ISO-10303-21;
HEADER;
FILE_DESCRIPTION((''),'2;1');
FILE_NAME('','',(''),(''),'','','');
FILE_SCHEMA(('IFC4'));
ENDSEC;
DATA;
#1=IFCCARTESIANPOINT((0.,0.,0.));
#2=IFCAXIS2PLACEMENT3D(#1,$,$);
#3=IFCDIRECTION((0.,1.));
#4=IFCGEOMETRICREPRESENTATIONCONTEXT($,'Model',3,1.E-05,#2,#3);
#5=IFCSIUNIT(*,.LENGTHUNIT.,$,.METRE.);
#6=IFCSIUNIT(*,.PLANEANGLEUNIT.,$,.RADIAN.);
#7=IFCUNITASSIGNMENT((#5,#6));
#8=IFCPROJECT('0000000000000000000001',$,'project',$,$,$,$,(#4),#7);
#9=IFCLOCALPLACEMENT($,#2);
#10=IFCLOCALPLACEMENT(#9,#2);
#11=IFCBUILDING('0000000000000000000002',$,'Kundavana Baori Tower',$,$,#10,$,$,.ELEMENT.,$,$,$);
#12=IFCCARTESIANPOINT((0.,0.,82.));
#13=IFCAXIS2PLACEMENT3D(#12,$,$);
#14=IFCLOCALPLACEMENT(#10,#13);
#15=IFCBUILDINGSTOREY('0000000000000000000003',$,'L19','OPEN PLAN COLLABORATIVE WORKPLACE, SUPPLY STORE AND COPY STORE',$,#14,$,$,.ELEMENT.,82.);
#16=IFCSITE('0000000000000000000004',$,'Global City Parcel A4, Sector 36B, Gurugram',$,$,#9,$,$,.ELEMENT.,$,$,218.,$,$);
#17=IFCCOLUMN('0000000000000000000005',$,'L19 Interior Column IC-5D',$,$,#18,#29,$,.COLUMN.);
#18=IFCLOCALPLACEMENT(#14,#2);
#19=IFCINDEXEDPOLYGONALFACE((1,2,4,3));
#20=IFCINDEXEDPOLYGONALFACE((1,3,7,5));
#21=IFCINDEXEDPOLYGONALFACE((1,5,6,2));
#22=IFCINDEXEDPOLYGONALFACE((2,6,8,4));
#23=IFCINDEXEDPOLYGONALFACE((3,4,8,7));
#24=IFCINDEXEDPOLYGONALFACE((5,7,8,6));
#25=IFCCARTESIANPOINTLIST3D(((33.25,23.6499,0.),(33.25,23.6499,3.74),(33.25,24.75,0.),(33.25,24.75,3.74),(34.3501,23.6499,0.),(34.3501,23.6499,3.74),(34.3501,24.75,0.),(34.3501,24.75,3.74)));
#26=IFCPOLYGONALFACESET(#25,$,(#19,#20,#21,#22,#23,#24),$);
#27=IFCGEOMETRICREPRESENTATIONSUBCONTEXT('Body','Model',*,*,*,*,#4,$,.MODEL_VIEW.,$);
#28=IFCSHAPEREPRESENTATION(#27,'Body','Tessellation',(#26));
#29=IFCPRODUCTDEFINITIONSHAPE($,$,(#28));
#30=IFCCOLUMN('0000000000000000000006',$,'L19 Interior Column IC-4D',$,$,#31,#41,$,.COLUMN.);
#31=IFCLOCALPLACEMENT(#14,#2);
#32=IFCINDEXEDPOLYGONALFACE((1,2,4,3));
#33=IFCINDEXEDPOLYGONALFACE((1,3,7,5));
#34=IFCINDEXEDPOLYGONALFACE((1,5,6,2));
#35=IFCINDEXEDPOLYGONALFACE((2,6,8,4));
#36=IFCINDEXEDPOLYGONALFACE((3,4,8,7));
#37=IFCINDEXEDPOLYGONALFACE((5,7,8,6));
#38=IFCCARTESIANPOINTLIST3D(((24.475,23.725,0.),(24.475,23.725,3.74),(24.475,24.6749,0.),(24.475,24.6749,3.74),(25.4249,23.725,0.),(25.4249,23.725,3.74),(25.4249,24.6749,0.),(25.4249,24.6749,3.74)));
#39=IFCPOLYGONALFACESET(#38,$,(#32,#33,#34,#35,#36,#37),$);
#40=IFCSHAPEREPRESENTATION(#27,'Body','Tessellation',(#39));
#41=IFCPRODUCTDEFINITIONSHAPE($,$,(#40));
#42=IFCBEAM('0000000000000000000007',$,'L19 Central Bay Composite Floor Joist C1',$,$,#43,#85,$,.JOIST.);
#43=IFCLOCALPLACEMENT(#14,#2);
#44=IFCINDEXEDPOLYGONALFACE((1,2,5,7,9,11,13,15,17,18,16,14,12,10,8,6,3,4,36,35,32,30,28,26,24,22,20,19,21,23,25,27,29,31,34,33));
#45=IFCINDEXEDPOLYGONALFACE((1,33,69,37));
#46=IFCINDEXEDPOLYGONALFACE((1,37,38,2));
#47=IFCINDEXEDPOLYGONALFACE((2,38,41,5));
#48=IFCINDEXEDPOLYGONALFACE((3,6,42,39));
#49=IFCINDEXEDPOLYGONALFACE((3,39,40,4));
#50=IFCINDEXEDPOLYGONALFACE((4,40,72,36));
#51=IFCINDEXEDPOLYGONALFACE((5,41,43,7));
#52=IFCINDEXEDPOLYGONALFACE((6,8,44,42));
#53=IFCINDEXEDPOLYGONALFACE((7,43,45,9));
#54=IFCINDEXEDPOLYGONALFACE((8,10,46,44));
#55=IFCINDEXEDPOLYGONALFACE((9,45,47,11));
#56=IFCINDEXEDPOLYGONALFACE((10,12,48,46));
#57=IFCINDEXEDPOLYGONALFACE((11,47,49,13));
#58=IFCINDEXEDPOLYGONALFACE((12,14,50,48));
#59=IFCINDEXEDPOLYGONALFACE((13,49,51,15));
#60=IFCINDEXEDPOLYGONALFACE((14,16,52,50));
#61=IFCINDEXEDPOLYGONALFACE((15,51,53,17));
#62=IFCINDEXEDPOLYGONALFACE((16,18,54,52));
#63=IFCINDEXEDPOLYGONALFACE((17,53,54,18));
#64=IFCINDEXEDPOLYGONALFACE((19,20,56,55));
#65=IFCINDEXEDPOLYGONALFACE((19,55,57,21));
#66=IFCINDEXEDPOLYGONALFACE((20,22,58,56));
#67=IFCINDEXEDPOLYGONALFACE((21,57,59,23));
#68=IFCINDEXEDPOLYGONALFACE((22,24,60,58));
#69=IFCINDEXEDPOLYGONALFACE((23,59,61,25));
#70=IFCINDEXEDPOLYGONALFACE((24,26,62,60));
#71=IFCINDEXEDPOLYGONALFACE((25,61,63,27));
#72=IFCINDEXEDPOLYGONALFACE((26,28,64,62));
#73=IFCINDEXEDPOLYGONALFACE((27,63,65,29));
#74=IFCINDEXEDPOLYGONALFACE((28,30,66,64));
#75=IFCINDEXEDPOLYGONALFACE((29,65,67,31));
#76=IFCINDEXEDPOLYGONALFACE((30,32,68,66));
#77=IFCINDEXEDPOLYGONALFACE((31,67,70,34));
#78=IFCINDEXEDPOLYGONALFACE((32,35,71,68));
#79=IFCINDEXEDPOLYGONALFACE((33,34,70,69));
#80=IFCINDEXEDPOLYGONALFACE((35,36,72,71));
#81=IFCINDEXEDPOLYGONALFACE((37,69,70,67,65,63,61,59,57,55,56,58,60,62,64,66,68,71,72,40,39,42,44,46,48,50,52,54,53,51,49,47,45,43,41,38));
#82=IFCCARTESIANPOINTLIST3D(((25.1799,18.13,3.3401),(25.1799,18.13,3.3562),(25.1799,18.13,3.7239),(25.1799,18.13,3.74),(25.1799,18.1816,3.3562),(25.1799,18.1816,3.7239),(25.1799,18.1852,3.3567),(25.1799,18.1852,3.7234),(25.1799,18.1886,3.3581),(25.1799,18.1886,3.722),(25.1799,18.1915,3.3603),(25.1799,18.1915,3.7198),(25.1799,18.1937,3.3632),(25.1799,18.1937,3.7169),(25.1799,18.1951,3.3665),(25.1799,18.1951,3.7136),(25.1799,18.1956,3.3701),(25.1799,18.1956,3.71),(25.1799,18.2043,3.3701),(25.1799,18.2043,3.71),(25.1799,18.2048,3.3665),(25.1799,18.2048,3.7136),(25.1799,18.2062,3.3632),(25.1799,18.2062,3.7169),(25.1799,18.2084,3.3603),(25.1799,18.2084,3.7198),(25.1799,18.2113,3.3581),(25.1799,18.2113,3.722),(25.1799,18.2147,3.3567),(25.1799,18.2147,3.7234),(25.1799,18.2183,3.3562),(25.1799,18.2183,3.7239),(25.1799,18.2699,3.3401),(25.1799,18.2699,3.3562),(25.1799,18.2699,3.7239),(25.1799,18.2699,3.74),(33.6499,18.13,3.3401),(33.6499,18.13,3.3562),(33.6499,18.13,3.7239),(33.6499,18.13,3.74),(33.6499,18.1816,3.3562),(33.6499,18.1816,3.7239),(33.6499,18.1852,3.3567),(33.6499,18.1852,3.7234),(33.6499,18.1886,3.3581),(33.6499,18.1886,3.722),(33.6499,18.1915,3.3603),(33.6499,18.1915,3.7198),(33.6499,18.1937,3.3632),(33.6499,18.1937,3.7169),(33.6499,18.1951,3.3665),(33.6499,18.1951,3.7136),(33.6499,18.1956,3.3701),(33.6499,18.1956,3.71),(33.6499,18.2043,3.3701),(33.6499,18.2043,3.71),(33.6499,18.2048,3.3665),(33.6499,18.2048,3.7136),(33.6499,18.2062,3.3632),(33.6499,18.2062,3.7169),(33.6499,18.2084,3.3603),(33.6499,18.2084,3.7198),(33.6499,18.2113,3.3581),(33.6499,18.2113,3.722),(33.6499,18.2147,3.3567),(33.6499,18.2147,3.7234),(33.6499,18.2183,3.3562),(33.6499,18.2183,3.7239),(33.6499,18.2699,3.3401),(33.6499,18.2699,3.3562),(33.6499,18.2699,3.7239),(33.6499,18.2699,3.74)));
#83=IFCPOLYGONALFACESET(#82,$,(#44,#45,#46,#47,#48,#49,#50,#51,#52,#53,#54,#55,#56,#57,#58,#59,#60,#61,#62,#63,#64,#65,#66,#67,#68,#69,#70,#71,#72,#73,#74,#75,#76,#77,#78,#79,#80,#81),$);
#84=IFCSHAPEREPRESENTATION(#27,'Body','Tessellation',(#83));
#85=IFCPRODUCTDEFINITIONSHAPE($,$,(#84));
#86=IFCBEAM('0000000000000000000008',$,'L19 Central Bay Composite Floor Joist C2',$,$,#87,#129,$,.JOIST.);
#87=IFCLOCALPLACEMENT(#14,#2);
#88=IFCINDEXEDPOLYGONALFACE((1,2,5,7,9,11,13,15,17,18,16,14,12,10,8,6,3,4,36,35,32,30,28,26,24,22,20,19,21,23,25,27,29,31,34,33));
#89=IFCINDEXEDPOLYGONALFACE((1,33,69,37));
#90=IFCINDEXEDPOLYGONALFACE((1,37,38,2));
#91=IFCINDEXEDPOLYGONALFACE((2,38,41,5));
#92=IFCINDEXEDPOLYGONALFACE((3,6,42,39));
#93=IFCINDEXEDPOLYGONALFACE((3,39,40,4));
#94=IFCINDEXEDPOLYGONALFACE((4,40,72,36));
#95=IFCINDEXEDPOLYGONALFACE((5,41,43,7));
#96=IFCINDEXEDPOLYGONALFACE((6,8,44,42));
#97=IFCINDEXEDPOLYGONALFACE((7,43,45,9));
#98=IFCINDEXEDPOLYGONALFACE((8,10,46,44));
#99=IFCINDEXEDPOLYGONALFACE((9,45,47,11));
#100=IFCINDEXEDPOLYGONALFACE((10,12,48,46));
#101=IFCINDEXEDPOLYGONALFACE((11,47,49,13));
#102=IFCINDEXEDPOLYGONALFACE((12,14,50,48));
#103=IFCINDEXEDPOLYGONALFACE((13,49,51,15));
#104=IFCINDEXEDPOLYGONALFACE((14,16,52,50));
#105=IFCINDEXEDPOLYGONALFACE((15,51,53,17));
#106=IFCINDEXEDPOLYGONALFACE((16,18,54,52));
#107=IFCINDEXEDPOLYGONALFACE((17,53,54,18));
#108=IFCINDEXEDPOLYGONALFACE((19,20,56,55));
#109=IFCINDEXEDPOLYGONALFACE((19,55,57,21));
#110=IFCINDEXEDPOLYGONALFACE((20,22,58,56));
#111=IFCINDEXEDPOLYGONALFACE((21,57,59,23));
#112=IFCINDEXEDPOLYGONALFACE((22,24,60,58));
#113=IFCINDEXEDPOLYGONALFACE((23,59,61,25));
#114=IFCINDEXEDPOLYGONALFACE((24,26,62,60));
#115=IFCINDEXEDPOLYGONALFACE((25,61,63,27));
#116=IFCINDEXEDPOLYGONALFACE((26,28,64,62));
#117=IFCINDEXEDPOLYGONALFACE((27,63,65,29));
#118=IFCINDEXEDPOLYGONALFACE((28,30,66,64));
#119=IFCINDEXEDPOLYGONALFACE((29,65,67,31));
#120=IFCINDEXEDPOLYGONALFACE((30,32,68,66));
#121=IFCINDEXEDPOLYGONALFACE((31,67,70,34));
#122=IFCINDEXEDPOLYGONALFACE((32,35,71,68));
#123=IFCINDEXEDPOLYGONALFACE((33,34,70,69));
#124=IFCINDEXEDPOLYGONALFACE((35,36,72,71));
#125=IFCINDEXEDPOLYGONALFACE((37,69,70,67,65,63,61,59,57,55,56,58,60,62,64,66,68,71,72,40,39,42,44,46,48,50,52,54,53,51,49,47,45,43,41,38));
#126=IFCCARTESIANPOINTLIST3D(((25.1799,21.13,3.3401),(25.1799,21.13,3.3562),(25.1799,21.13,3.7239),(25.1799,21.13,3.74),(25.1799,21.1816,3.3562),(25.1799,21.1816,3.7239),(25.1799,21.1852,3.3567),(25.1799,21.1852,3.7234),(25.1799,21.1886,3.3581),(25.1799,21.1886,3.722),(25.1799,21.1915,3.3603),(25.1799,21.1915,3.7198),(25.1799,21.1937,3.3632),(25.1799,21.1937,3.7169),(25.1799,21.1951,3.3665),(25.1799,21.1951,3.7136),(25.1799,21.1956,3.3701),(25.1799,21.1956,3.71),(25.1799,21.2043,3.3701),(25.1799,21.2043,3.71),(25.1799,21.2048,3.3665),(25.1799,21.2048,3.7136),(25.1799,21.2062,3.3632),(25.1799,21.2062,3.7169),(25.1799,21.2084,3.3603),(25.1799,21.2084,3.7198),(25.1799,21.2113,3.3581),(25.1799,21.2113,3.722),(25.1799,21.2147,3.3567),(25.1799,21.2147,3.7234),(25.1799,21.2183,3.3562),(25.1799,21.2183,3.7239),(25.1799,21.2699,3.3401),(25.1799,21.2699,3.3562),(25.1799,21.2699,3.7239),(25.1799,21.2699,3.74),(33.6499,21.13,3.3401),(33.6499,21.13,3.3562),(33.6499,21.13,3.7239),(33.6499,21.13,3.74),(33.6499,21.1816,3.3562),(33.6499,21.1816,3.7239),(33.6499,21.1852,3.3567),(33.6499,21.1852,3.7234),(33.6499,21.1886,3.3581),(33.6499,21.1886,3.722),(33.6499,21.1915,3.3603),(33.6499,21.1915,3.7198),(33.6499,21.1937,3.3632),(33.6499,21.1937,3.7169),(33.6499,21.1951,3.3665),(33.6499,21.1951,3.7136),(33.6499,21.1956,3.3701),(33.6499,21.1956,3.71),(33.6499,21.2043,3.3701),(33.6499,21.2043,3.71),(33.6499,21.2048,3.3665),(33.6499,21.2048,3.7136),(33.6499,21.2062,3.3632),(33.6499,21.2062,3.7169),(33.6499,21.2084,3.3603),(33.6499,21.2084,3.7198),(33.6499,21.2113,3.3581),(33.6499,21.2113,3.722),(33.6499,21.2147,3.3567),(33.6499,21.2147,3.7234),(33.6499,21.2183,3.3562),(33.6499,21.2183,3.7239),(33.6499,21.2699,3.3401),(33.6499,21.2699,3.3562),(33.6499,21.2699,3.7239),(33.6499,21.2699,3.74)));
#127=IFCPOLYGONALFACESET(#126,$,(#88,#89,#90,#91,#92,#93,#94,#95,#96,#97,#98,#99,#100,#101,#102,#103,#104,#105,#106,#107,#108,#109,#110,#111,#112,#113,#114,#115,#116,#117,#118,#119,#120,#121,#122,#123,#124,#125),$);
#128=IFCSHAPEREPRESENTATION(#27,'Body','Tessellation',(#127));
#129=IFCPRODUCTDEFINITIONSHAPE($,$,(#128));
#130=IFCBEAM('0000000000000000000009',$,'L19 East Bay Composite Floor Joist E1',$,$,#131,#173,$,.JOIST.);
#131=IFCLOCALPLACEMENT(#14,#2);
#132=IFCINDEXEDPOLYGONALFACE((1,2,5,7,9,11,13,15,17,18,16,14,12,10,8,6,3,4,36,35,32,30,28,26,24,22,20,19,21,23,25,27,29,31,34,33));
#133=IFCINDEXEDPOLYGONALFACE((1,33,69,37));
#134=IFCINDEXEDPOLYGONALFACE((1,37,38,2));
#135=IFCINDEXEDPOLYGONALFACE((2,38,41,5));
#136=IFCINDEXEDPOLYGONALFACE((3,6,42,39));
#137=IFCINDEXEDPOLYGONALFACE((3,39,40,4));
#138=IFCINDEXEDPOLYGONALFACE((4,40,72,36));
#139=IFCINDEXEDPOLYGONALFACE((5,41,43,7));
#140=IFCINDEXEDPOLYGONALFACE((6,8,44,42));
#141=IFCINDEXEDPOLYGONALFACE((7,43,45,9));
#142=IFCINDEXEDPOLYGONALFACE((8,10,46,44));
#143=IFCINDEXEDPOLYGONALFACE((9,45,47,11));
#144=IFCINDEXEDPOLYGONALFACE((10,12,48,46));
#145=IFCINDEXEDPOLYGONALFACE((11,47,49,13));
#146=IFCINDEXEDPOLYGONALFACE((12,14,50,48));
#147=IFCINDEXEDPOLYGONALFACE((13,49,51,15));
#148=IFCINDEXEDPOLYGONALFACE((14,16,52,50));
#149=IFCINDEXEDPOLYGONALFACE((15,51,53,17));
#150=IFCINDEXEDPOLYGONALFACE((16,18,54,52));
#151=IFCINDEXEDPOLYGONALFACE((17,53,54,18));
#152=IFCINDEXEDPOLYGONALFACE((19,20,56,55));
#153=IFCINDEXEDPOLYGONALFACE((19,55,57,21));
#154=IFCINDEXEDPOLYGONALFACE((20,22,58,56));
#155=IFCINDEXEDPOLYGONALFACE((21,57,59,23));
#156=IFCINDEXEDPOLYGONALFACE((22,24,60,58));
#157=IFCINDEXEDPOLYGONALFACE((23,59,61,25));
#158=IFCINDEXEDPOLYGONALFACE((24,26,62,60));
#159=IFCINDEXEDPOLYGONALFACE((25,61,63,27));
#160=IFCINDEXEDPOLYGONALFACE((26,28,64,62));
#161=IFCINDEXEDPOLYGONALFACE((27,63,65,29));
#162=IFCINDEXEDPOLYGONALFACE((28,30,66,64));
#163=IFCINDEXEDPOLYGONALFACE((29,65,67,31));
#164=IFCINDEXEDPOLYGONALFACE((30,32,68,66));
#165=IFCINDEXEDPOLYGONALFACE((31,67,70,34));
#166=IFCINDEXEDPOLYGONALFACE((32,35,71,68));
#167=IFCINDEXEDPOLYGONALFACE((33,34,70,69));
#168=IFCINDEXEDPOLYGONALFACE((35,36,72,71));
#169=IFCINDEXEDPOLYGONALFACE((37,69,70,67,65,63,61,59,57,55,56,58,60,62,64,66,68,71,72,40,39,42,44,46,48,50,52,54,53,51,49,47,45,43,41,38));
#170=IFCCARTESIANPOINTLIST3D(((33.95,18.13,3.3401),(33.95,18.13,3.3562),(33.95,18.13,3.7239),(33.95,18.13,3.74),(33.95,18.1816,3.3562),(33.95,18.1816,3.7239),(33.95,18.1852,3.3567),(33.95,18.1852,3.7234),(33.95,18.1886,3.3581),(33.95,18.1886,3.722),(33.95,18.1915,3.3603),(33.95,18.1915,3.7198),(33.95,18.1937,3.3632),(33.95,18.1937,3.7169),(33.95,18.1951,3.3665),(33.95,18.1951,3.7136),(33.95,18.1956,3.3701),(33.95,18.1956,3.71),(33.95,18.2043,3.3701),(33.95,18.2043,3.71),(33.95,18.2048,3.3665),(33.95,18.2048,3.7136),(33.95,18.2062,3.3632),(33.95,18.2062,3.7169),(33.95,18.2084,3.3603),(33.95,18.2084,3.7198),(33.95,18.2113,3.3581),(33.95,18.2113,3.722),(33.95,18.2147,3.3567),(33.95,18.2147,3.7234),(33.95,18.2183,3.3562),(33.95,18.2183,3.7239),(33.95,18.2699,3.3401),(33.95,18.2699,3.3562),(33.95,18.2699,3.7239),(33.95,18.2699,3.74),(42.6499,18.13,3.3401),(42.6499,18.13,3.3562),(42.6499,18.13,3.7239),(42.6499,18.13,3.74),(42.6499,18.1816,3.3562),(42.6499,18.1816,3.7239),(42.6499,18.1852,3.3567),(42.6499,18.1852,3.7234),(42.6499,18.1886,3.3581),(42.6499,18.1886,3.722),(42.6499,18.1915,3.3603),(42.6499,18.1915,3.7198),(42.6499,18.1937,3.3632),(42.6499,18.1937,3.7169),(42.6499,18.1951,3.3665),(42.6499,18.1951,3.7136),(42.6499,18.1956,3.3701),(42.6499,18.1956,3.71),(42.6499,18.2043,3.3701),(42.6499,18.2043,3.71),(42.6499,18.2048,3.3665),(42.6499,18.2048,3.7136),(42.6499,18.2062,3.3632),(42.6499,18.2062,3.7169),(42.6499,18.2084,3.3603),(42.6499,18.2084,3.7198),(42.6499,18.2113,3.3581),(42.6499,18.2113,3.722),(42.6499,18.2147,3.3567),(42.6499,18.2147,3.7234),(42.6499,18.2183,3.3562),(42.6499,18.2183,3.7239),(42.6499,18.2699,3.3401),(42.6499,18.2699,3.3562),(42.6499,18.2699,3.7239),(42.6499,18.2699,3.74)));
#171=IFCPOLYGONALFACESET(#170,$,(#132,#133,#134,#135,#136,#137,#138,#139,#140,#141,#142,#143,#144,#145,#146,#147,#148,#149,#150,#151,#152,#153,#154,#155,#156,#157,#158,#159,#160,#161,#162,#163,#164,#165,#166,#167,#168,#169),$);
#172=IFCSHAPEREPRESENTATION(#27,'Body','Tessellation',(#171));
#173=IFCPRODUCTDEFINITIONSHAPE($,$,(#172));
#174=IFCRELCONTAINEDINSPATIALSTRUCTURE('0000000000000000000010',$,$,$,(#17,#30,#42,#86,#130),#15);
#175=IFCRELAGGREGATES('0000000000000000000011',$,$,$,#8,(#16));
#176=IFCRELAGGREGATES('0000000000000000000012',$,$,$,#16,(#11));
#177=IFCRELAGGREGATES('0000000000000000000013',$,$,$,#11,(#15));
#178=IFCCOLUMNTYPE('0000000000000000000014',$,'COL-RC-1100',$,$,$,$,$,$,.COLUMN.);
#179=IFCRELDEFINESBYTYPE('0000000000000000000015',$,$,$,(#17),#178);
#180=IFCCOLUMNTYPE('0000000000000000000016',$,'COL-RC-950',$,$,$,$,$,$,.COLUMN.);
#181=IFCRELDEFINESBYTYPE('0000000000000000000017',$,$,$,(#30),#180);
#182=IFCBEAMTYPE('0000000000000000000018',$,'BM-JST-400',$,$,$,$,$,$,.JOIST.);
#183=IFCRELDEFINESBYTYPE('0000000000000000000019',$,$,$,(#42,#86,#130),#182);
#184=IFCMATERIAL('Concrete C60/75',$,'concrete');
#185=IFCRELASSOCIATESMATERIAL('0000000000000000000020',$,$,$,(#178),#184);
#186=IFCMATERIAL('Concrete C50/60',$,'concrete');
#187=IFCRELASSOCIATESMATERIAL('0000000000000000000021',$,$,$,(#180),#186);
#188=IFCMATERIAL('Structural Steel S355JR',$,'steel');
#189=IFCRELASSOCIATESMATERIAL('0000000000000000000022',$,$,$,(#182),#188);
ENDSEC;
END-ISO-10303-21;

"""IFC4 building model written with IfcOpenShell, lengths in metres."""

from ifc_helpers import new_model, si_unit, direction, frame, origin, origin_2d, place, context, subcontext, project, spatial, rectangle, i_section, extrude, material, material_profile, profile_set, type_object, element, save


model = new_model("IFC4")

# Units and contexts
model_context = context("Model", 3, precision=1e-05, world=origin(), true_north=direction((0.0, 1.0)))
body_context = subcontext(model_context, "Body", "Model", "MODEL_VIEW")
ifc_project = project(units=[si_unit("LENGTHUNIT", "METRE"), si_unit("PLANEANGLEUNIT", "RADIAN")], contexts=[model_context])

# Site, building, storey
site_placement = place(None, origin())
site = spatial("IfcSite", under=ifc_project, at=site_placement, Name="Global City Parcel A4, Sector 36B, Gurugram", CompositionType="ELEMENT", RefElevation=218.0)
building_placement = place(site_placement, origin())
building = spatial("IfcBuilding", under=site, at=building_placement, Name="Kundavana Baori Tower", CompositionType="ELEMENT")
storey_placement = place(building_placement, frame((0.0, 0.0, 82.0)))
storey = spatial("IfcBuildingStorey", under=building, at=storey_placement, Name="L19", Description="OPEN PLAN COLLABORATIVE WORKPLACE, SUPPLY STORE AND COPY STORE", CompositionType="ELEMENT", Elevation=82.0)

# Columns
ifc_material_1 = material(Name="Concrete C60/75", Category="concrete")
ifc_material_profile_1 = material_profile(ifc_material_1, rectangle(XDim=1.1001, YDim=1.1001, at=origin_2d()), Name="RC 1100x1100")
ifc_profile_set_1 = profile_set([ifc_material_profile_1], Name="Concrete C60/75")
column_type_1 = type_object("IfcColumnType", Name="COL-RC-1100", PredefinedType="COLUMN", material=ifc_profile_set_1)
column_1_placement = place(storey_placement, frame((33.8, 24.2, 0.0), z_axis=(0.0, 0.0, 1.0), x_axis=(1.0, 0.0, 0.0)))
element("IfcColumn", 1, at=column_1_placement, inside=storey, type_object=column_type_1, Name="L19 Interior Column IC-5D", PredefinedType="COLUMN", context=body_context, shape_type="SweptSolid", body=[
    extrude(rectangle(XDim=1.1001, YDim=1.1001, at=origin_2d()), origin(), (0.0, 0.0, 1.0), 3.74),
])
ifc_material_2 = material(Name="Concrete C50/60", Category="concrete")
ifc_material_profile_2 = material_profile(ifc_material_2, rectangle(XDim=0.95, YDim=0.95, at=origin_2d()), Name="RC 950x950")
ifc_profile_set_2 = profile_set([ifc_material_profile_2], Name="Concrete C50/60")
column_type_2 = type_object("IfcColumnType", Name="COL-RC-950", PredefinedType="COLUMN", material=ifc_profile_set_2)
column_2_placement = place(storey_placement, frame((24.95, 24.2, 0.0), z_axis=(0.0, 0.0, 1.0), x_axis=(1.0, 0.0, 0.0)))
element("IfcColumn", 2, at=column_2_placement, inside=storey, type_object=column_type_2, Name="L19 Interior Column IC-4D", PredefinedType="COLUMN", context=body_context, shape_type="SweptSolid", body=[
    extrude(rectangle(XDim=0.95, YDim=0.95, at=origin_2d()), origin(), (0.0, 0.0, 1.0), 3.74),
])

# Beams
ifc_material_3 = material(Name="Structural Steel S355JR", Category="steel")
ifc_material_profile_3 = material_profile(ifc_material_3, i_section(OverallWidth=0.1399, OverallDepth=0.3999, WebThickness=0.0088, FlangeThickness=0.0161, FilletRadius=0.0139, at=origin_2d()), Name="ISMB 400")
ifc_profile_set_3 = profile_set([ifc_material_profile_3], Name="Structural Steel S355JR")
beam_type_1 = type_object("IfcBeamType", Name="BM-JST-400", PredefinedType="JOIST", material=ifc_profile_set_3)
for number, where, z_axis, x_axis, name in (
    (3, (25.1799, 18.2, 3.54), (1.0, 0.0, 0.0), (0.0, 1.0, 0.0), "L19 Central Bay Composite Floor Joist C1"),
    (4, (25.1799, 21.2, 3.54), (1.0, 0.0, 0.0), (0.0, 1.0, 0.0), "L19 Central Bay Composite Floor Joist C2"),
):
    element("IfcBeam", number, at=place(storey_placement, frame(where, z_axis=z_axis, x_axis=x_axis)), inside=storey, type_object=beam_type_1, Name=name, PredefinedType="JOIST", context=body_context, shape_type="SweptSolid", body=[
        extrude(i_section(OverallWidth=0.1399, OverallDepth=0.3999, WebThickness=0.0088, FlangeThickness=0.0161, FilletRadius=0.0139, at=origin_2d()), origin(), (0.0, 0.0, 1.0), 8.47),
    ])
beam_1_placement = place(storey_placement, frame((33.95, 18.2, 3.54), z_axis=(1.0, 0.0, 0.0), x_axis=(0.0, 1.0, 0.0)))
element("IfcBeam", 5, at=beam_1_placement, inside=storey, type_object=beam_type_1, Name="L19 East Bay Composite Floor Joist E1", PredefinedType="JOIST", context=body_context, shape_type="SweptSolid", body=[
    extrude(i_section(OverallWidth=0.1399, OverallDepth=0.3999, WebThickness=0.0088, FlangeThickness=0.0161, FilletRadius=0.0139, at=origin_2d()), origin(), (0.0, 0.0, 1.0), 8.7),
])

save(model, "model.ifc")
